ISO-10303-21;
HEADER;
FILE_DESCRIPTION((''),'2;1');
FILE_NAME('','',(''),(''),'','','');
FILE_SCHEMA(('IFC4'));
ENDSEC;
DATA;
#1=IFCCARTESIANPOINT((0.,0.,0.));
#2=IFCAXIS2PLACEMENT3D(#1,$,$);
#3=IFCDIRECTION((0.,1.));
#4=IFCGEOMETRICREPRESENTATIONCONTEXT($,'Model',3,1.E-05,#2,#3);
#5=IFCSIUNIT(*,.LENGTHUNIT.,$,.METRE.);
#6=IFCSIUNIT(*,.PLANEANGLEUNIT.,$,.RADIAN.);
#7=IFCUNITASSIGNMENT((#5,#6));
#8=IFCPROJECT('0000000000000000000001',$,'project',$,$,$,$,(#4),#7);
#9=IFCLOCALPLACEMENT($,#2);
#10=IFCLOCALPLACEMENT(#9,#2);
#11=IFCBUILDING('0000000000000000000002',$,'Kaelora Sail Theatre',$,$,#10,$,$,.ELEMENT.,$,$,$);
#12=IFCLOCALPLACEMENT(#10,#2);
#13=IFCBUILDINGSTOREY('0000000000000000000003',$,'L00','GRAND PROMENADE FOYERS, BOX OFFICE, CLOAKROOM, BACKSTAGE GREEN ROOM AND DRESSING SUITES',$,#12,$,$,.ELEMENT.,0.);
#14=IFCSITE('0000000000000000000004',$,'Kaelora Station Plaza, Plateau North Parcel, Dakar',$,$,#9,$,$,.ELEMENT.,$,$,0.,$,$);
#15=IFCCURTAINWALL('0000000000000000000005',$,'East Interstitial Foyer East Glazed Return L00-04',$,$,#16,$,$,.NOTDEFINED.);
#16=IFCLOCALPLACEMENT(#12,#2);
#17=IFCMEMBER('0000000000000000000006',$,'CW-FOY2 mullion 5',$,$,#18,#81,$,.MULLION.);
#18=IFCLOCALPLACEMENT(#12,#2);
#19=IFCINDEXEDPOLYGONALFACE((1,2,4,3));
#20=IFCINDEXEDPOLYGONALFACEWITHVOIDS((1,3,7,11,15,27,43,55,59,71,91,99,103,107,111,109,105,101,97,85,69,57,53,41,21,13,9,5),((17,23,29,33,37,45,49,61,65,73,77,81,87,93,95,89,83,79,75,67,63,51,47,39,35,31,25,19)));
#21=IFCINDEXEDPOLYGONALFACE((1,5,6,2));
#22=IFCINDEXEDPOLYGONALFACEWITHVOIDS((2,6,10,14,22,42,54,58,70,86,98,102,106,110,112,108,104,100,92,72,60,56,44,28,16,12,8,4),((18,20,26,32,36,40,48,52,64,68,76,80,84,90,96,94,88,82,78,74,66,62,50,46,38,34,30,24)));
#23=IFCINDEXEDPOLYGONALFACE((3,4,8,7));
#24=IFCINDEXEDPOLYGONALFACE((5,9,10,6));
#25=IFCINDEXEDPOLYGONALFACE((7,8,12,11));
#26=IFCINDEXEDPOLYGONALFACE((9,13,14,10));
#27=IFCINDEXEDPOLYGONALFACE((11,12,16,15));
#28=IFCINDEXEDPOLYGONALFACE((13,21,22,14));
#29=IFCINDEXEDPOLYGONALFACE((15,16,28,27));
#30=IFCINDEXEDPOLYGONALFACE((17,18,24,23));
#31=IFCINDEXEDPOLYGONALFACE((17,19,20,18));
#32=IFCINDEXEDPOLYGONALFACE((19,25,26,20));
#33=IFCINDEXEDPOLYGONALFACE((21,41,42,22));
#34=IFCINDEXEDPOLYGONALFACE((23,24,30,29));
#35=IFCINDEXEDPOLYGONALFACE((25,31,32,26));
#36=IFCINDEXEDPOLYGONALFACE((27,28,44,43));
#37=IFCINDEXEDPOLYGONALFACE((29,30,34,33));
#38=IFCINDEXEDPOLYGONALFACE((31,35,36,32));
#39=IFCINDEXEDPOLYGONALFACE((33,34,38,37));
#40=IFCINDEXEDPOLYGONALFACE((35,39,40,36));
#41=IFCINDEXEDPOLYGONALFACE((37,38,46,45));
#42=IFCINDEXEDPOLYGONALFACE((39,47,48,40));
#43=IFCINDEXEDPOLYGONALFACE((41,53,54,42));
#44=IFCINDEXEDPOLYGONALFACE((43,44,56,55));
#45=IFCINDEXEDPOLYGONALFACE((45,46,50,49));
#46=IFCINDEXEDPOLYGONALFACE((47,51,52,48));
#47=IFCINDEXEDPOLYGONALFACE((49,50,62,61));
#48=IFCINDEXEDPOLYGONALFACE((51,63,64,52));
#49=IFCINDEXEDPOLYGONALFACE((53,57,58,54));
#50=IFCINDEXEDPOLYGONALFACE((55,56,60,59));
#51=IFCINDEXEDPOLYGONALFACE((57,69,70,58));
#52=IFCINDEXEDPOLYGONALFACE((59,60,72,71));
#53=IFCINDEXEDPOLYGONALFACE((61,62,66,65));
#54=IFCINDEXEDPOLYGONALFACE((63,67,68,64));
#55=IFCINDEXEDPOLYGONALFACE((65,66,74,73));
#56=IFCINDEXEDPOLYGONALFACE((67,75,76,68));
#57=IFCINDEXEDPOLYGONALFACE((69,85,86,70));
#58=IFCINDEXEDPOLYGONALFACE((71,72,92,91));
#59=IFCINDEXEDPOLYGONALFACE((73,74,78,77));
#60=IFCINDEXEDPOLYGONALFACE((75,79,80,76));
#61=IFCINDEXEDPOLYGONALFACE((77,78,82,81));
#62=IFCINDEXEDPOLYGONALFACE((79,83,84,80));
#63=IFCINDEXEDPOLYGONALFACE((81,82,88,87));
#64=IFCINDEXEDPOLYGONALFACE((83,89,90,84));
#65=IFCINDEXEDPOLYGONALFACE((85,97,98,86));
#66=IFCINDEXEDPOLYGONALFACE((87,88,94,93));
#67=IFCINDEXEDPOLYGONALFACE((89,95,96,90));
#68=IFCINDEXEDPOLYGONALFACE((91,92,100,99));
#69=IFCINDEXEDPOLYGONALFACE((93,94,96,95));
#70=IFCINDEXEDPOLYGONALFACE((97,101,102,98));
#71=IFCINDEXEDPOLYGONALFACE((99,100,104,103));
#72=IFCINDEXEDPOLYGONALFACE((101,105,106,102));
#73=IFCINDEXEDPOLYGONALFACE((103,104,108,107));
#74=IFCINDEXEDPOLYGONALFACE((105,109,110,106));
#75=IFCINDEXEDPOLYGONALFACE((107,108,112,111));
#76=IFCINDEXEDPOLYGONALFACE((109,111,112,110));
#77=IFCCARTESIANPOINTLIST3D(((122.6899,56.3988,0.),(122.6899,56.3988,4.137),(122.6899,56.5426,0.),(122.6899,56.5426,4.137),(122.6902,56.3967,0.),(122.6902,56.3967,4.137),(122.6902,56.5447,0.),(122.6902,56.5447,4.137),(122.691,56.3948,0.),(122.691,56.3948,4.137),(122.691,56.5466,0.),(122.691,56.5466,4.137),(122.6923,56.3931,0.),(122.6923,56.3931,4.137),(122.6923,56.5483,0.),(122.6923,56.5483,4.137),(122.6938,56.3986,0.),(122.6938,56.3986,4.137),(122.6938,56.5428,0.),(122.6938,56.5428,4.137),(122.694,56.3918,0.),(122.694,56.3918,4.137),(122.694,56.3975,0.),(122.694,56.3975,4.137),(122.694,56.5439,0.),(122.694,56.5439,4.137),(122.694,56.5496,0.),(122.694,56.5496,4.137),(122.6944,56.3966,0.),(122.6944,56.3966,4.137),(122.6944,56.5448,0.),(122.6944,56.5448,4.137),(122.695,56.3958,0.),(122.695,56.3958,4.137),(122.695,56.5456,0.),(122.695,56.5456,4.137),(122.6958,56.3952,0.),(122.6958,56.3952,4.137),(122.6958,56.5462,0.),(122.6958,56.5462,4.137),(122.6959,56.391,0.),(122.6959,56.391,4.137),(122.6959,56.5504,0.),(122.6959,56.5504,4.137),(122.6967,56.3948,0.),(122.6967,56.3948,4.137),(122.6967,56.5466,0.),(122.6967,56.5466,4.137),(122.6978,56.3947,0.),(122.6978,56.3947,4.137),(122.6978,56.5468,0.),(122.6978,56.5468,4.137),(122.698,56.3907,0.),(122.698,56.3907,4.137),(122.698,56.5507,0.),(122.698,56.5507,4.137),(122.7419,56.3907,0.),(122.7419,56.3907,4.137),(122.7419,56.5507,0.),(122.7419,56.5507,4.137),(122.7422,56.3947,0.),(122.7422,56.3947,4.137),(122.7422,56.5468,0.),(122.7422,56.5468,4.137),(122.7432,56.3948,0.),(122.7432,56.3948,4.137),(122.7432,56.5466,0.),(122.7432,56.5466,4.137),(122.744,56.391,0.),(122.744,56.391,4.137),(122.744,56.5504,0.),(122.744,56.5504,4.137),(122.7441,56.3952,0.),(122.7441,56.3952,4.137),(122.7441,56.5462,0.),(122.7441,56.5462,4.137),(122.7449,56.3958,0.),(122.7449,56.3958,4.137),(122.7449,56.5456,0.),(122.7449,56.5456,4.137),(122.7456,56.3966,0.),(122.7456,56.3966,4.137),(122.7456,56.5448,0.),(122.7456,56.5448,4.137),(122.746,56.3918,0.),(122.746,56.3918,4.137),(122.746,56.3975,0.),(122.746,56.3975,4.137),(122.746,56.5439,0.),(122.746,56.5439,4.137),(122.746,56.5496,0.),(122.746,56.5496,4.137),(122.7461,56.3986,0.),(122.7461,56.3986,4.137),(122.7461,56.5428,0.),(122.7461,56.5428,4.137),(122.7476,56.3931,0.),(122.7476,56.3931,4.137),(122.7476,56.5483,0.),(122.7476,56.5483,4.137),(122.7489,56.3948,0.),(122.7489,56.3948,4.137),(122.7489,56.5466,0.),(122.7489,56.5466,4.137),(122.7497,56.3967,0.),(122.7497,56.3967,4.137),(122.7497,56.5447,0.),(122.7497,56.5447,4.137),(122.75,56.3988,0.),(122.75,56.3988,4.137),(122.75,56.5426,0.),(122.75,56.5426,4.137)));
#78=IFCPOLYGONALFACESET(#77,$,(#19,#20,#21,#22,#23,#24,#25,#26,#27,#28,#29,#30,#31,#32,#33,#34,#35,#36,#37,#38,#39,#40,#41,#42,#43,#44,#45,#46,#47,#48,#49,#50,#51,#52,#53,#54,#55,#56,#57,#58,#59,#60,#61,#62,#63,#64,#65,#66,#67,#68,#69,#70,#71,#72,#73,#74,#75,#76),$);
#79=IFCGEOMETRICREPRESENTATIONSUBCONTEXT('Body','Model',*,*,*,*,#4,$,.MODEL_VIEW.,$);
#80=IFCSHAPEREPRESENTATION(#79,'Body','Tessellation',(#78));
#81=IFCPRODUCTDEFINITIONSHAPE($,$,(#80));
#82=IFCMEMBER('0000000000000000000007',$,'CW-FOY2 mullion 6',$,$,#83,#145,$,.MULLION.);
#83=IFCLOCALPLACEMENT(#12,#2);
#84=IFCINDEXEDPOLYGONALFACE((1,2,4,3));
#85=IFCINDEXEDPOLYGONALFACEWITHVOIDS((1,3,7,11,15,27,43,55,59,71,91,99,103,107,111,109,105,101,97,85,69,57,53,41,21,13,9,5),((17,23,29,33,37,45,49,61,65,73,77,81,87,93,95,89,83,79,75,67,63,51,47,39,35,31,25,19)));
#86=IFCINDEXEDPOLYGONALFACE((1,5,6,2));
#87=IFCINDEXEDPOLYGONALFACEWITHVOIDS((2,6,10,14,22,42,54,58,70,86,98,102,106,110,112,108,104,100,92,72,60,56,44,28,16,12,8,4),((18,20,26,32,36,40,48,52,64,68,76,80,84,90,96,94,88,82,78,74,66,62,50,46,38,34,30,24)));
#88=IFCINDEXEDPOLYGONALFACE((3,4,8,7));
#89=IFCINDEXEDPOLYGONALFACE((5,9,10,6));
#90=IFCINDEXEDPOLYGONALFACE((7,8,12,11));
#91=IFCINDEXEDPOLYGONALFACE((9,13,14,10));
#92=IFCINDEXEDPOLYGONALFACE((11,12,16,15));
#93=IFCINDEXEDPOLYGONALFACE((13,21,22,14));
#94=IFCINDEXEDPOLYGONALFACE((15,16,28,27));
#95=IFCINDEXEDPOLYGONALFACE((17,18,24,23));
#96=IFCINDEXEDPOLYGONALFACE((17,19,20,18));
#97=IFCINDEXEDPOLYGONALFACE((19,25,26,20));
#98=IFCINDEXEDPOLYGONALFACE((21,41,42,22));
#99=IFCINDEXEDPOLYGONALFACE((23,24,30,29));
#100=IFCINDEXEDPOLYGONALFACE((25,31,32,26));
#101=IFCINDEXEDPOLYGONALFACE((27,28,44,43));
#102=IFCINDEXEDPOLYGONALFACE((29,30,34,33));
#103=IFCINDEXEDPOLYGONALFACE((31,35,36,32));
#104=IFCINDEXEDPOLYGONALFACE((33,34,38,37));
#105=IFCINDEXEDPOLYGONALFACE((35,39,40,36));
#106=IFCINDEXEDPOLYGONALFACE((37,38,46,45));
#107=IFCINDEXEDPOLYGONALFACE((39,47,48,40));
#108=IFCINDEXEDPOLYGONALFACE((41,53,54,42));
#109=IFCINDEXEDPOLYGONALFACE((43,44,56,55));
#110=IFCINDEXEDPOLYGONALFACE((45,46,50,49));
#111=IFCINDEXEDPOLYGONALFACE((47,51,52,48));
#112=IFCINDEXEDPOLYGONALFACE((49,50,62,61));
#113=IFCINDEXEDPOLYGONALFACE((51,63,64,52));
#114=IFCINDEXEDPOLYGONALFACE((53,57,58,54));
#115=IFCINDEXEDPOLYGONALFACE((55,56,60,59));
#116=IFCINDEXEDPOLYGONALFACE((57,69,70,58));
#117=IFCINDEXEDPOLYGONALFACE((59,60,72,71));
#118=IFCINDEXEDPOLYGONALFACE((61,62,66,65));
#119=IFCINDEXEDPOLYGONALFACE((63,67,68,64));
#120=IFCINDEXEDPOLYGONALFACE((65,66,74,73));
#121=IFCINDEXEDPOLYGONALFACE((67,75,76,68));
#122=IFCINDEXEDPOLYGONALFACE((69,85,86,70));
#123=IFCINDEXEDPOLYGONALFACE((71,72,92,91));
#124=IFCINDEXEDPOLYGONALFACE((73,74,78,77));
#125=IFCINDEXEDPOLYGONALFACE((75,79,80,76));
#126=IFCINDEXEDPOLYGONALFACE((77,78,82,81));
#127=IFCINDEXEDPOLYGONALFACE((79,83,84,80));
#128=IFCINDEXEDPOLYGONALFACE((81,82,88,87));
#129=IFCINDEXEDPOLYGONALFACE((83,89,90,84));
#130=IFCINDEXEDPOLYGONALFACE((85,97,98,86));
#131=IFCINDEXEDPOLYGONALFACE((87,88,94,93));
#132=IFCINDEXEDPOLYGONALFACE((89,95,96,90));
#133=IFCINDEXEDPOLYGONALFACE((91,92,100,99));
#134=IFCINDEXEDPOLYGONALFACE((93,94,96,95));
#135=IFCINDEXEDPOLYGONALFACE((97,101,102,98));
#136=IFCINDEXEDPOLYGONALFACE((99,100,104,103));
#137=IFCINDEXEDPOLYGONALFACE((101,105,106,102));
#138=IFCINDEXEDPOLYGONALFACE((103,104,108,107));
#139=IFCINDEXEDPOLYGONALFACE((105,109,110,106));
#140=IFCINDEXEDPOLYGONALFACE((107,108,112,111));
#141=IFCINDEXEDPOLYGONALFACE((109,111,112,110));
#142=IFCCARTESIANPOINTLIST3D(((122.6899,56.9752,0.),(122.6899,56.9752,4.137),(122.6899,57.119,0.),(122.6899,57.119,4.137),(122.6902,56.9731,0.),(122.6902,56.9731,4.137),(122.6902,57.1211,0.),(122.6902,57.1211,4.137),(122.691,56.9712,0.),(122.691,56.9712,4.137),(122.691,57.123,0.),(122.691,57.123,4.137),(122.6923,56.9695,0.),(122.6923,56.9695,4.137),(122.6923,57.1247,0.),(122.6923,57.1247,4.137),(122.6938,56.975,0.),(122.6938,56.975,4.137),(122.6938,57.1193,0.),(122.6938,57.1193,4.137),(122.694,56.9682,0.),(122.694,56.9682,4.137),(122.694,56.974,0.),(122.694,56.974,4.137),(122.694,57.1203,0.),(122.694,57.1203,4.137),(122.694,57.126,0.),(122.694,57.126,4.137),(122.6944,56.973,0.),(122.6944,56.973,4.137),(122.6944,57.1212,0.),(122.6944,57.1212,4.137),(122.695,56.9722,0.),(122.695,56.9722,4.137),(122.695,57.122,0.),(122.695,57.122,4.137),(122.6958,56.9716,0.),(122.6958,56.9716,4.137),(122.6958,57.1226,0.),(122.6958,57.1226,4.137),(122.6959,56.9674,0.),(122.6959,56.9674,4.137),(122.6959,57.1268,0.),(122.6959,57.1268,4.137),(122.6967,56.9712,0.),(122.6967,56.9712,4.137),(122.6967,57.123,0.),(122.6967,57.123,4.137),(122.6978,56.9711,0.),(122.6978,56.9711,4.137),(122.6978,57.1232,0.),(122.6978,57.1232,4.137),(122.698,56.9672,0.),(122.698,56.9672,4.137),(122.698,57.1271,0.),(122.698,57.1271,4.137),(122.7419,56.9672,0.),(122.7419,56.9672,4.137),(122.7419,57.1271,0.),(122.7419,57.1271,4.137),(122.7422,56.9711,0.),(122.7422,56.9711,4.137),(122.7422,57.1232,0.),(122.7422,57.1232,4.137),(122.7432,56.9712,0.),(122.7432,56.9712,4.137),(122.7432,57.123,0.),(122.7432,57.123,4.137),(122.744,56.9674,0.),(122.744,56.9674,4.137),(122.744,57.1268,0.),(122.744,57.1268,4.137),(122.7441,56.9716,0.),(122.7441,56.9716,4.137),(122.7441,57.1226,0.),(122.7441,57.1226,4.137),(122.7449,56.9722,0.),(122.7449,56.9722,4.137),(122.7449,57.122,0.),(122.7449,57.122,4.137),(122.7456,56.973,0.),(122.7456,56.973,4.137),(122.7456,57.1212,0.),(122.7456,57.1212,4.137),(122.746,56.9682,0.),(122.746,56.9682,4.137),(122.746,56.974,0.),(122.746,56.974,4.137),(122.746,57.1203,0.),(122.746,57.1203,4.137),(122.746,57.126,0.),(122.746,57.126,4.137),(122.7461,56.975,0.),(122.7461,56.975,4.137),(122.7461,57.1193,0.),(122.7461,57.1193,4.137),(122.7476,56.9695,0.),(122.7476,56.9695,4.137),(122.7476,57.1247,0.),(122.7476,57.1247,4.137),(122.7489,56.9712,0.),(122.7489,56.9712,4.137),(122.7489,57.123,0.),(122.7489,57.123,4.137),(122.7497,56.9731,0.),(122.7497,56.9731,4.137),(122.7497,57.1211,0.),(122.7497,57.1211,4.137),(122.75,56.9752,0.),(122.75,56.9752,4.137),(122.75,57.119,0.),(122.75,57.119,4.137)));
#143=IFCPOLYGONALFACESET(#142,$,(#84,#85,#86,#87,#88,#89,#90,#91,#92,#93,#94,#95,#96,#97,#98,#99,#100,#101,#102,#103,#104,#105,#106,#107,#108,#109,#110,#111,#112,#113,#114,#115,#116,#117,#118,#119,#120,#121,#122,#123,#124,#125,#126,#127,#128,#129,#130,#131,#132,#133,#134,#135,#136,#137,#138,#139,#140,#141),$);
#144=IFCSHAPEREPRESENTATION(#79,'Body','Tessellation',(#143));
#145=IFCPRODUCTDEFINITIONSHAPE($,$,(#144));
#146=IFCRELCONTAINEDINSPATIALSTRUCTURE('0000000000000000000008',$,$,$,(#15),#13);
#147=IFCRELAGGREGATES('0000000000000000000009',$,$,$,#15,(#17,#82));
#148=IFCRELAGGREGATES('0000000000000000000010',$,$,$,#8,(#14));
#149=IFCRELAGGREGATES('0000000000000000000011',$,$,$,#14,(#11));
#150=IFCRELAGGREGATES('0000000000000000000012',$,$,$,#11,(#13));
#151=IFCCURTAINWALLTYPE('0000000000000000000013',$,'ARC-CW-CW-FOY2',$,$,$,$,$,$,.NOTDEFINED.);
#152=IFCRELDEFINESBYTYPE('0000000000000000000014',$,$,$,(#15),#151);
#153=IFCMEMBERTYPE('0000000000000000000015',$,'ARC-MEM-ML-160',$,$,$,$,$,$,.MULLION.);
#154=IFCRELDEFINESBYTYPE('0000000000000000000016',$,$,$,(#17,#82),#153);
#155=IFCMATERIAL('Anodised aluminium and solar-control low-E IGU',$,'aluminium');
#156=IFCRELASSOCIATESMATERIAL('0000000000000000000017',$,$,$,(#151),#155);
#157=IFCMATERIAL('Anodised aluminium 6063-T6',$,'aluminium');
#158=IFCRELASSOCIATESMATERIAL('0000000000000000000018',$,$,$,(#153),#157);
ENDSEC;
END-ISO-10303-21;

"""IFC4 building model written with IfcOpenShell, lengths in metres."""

from ifc_helpers import new_model, si_unit, direction, frame, origin, origin_2d, place, context, subcontext, project, spatial, hollow_rectangle, extrude, material, material_profile, profile_set, type_object, element, aggregate, save


model = new_model("IFC4")

# Units and contexts
model_context = context("Model", 3, precision=1e-05, world=origin(), true_north=direction((0.0, 1.0)))
body_context = subcontext(model_context, "Body", "Model", "MODEL_VIEW")
ifc_project = project(units=[si_unit("LENGTHUNIT", "METRE"), si_unit("PLANEANGLEUNIT", "RADIAN")], contexts=[model_context])

# Site, building, storey
site_placement = place(None, origin())
site = spatial("IfcSite", under=ifc_project, at=site_placement, Name="Kaelora Station Plaza, Plateau North Parcel, Dakar", CompositionType="ELEMENT", RefElevation=0.0)
building_placement = place(site_placement, origin())
building = spatial("IfcBuilding", under=site, at=building_placement, Name="Kaelora Sail Theatre", CompositionType="ELEMENT")
storey_placement = place(building_placement, origin())
storey = spatial("IfcBuildingStorey", under=building, at=storey_placement, Name="L00", Description="GRAND PROMENADE FOYERS, BOX OFFICE, CLOAKROOM, BACKSTAGE GREEN ROOM AND DRESSING SUITES", CompositionType="ELEMENT", Elevation=0.0)

# Curtain wall, members
ifc_material_1 = material(Name="Anodised aluminium and solar-control low-E IGU", Category="aluminium")
curtain_wall_type = type_object("IfcCurtainWallType", Name="ARC-CW-CW-FOY2", PredefinedType="NOTDEFINED", material=ifc_material_1)
curtain_wall_placement = place(storey_placement, origin())
curtain_wall = element("IfcCurtainWall", 1, at=curtain_wall_placement, inside=storey, type_object=curtain_wall_type, Name="East Interstitial Foyer East Glazed Return L00-04", PredefinedType="NOTDEFINED")
ifc_material_2 = material(Name="Anodised aluminium 6063-T6", Category="aluminium")
ifc_material_profile_1 = material_profile(ifc_material_2, hollow_rectangle(XDim=0.0601, YDim=0.1599, WallThickness=0.0039, InnerFilletRadius=0.0039, OuterFilletRadius=0.0081, at=origin_2d()), Name="ALU-MULL 60x160x4")
ifc_profile_set_1 = profile_set([ifc_material_profile_1], Name="Anodised aluminium 6063-T6")
member_type_1 = type_object("IfcMemberType", Name="ARC-MEM-ML-160", PredefinedType="MULLION", material=ifc_profile_set_1)
member_1_placement = place(storey_placement, frame((122.72, 56.4707, 0.0), z_axis=(0.0, 0.0, 1.0), x_axis=(-1.0, 0.0, 0.0)))
member_1 = element("IfcMember", 2, at=member_1_placement, type_object=member_type_1, Name="CW-FOY2 mullion 5", PredefinedType="MULLION", context=body_context, shape_type="SweptSolid", body=[
    extrude(hollow_rectangle(XDim=0.0601, YDim=0.1599, WallThickness=0.0039, InnerFilletRadius=0.0039, OuterFilletRadius=0.0081, at=origin_2d()), origin(), (0.0, 0.0, 1.0), 4.137),
])
member_2_placement = place(storey_placement, frame((122.72, 57.0471, 0.0), z_axis=(0.0, 0.0, 1.0), x_axis=(-1.0, 0.0, 0.0)))
member_2 = element("IfcMember", 3, at=member_2_placement, type_object=member_type_1, Name="CW-FOY2 mullion 6", PredefinedType="MULLION", context=body_context, shape_type="SweptSolid", body=[
    extrude(hollow_rectangle(XDim=0.0601, YDim=0.1599, WallThickness=0.0039, InnerFilletRadius=0.0039, OuterFilletRadius=0.0081, at=origin_2d()), origin(), (0.0, 0.0, 1.0), 4.137),
])
aggregate(curtain_wall, [member_1, member_2])

save(model, "model.ifc")
